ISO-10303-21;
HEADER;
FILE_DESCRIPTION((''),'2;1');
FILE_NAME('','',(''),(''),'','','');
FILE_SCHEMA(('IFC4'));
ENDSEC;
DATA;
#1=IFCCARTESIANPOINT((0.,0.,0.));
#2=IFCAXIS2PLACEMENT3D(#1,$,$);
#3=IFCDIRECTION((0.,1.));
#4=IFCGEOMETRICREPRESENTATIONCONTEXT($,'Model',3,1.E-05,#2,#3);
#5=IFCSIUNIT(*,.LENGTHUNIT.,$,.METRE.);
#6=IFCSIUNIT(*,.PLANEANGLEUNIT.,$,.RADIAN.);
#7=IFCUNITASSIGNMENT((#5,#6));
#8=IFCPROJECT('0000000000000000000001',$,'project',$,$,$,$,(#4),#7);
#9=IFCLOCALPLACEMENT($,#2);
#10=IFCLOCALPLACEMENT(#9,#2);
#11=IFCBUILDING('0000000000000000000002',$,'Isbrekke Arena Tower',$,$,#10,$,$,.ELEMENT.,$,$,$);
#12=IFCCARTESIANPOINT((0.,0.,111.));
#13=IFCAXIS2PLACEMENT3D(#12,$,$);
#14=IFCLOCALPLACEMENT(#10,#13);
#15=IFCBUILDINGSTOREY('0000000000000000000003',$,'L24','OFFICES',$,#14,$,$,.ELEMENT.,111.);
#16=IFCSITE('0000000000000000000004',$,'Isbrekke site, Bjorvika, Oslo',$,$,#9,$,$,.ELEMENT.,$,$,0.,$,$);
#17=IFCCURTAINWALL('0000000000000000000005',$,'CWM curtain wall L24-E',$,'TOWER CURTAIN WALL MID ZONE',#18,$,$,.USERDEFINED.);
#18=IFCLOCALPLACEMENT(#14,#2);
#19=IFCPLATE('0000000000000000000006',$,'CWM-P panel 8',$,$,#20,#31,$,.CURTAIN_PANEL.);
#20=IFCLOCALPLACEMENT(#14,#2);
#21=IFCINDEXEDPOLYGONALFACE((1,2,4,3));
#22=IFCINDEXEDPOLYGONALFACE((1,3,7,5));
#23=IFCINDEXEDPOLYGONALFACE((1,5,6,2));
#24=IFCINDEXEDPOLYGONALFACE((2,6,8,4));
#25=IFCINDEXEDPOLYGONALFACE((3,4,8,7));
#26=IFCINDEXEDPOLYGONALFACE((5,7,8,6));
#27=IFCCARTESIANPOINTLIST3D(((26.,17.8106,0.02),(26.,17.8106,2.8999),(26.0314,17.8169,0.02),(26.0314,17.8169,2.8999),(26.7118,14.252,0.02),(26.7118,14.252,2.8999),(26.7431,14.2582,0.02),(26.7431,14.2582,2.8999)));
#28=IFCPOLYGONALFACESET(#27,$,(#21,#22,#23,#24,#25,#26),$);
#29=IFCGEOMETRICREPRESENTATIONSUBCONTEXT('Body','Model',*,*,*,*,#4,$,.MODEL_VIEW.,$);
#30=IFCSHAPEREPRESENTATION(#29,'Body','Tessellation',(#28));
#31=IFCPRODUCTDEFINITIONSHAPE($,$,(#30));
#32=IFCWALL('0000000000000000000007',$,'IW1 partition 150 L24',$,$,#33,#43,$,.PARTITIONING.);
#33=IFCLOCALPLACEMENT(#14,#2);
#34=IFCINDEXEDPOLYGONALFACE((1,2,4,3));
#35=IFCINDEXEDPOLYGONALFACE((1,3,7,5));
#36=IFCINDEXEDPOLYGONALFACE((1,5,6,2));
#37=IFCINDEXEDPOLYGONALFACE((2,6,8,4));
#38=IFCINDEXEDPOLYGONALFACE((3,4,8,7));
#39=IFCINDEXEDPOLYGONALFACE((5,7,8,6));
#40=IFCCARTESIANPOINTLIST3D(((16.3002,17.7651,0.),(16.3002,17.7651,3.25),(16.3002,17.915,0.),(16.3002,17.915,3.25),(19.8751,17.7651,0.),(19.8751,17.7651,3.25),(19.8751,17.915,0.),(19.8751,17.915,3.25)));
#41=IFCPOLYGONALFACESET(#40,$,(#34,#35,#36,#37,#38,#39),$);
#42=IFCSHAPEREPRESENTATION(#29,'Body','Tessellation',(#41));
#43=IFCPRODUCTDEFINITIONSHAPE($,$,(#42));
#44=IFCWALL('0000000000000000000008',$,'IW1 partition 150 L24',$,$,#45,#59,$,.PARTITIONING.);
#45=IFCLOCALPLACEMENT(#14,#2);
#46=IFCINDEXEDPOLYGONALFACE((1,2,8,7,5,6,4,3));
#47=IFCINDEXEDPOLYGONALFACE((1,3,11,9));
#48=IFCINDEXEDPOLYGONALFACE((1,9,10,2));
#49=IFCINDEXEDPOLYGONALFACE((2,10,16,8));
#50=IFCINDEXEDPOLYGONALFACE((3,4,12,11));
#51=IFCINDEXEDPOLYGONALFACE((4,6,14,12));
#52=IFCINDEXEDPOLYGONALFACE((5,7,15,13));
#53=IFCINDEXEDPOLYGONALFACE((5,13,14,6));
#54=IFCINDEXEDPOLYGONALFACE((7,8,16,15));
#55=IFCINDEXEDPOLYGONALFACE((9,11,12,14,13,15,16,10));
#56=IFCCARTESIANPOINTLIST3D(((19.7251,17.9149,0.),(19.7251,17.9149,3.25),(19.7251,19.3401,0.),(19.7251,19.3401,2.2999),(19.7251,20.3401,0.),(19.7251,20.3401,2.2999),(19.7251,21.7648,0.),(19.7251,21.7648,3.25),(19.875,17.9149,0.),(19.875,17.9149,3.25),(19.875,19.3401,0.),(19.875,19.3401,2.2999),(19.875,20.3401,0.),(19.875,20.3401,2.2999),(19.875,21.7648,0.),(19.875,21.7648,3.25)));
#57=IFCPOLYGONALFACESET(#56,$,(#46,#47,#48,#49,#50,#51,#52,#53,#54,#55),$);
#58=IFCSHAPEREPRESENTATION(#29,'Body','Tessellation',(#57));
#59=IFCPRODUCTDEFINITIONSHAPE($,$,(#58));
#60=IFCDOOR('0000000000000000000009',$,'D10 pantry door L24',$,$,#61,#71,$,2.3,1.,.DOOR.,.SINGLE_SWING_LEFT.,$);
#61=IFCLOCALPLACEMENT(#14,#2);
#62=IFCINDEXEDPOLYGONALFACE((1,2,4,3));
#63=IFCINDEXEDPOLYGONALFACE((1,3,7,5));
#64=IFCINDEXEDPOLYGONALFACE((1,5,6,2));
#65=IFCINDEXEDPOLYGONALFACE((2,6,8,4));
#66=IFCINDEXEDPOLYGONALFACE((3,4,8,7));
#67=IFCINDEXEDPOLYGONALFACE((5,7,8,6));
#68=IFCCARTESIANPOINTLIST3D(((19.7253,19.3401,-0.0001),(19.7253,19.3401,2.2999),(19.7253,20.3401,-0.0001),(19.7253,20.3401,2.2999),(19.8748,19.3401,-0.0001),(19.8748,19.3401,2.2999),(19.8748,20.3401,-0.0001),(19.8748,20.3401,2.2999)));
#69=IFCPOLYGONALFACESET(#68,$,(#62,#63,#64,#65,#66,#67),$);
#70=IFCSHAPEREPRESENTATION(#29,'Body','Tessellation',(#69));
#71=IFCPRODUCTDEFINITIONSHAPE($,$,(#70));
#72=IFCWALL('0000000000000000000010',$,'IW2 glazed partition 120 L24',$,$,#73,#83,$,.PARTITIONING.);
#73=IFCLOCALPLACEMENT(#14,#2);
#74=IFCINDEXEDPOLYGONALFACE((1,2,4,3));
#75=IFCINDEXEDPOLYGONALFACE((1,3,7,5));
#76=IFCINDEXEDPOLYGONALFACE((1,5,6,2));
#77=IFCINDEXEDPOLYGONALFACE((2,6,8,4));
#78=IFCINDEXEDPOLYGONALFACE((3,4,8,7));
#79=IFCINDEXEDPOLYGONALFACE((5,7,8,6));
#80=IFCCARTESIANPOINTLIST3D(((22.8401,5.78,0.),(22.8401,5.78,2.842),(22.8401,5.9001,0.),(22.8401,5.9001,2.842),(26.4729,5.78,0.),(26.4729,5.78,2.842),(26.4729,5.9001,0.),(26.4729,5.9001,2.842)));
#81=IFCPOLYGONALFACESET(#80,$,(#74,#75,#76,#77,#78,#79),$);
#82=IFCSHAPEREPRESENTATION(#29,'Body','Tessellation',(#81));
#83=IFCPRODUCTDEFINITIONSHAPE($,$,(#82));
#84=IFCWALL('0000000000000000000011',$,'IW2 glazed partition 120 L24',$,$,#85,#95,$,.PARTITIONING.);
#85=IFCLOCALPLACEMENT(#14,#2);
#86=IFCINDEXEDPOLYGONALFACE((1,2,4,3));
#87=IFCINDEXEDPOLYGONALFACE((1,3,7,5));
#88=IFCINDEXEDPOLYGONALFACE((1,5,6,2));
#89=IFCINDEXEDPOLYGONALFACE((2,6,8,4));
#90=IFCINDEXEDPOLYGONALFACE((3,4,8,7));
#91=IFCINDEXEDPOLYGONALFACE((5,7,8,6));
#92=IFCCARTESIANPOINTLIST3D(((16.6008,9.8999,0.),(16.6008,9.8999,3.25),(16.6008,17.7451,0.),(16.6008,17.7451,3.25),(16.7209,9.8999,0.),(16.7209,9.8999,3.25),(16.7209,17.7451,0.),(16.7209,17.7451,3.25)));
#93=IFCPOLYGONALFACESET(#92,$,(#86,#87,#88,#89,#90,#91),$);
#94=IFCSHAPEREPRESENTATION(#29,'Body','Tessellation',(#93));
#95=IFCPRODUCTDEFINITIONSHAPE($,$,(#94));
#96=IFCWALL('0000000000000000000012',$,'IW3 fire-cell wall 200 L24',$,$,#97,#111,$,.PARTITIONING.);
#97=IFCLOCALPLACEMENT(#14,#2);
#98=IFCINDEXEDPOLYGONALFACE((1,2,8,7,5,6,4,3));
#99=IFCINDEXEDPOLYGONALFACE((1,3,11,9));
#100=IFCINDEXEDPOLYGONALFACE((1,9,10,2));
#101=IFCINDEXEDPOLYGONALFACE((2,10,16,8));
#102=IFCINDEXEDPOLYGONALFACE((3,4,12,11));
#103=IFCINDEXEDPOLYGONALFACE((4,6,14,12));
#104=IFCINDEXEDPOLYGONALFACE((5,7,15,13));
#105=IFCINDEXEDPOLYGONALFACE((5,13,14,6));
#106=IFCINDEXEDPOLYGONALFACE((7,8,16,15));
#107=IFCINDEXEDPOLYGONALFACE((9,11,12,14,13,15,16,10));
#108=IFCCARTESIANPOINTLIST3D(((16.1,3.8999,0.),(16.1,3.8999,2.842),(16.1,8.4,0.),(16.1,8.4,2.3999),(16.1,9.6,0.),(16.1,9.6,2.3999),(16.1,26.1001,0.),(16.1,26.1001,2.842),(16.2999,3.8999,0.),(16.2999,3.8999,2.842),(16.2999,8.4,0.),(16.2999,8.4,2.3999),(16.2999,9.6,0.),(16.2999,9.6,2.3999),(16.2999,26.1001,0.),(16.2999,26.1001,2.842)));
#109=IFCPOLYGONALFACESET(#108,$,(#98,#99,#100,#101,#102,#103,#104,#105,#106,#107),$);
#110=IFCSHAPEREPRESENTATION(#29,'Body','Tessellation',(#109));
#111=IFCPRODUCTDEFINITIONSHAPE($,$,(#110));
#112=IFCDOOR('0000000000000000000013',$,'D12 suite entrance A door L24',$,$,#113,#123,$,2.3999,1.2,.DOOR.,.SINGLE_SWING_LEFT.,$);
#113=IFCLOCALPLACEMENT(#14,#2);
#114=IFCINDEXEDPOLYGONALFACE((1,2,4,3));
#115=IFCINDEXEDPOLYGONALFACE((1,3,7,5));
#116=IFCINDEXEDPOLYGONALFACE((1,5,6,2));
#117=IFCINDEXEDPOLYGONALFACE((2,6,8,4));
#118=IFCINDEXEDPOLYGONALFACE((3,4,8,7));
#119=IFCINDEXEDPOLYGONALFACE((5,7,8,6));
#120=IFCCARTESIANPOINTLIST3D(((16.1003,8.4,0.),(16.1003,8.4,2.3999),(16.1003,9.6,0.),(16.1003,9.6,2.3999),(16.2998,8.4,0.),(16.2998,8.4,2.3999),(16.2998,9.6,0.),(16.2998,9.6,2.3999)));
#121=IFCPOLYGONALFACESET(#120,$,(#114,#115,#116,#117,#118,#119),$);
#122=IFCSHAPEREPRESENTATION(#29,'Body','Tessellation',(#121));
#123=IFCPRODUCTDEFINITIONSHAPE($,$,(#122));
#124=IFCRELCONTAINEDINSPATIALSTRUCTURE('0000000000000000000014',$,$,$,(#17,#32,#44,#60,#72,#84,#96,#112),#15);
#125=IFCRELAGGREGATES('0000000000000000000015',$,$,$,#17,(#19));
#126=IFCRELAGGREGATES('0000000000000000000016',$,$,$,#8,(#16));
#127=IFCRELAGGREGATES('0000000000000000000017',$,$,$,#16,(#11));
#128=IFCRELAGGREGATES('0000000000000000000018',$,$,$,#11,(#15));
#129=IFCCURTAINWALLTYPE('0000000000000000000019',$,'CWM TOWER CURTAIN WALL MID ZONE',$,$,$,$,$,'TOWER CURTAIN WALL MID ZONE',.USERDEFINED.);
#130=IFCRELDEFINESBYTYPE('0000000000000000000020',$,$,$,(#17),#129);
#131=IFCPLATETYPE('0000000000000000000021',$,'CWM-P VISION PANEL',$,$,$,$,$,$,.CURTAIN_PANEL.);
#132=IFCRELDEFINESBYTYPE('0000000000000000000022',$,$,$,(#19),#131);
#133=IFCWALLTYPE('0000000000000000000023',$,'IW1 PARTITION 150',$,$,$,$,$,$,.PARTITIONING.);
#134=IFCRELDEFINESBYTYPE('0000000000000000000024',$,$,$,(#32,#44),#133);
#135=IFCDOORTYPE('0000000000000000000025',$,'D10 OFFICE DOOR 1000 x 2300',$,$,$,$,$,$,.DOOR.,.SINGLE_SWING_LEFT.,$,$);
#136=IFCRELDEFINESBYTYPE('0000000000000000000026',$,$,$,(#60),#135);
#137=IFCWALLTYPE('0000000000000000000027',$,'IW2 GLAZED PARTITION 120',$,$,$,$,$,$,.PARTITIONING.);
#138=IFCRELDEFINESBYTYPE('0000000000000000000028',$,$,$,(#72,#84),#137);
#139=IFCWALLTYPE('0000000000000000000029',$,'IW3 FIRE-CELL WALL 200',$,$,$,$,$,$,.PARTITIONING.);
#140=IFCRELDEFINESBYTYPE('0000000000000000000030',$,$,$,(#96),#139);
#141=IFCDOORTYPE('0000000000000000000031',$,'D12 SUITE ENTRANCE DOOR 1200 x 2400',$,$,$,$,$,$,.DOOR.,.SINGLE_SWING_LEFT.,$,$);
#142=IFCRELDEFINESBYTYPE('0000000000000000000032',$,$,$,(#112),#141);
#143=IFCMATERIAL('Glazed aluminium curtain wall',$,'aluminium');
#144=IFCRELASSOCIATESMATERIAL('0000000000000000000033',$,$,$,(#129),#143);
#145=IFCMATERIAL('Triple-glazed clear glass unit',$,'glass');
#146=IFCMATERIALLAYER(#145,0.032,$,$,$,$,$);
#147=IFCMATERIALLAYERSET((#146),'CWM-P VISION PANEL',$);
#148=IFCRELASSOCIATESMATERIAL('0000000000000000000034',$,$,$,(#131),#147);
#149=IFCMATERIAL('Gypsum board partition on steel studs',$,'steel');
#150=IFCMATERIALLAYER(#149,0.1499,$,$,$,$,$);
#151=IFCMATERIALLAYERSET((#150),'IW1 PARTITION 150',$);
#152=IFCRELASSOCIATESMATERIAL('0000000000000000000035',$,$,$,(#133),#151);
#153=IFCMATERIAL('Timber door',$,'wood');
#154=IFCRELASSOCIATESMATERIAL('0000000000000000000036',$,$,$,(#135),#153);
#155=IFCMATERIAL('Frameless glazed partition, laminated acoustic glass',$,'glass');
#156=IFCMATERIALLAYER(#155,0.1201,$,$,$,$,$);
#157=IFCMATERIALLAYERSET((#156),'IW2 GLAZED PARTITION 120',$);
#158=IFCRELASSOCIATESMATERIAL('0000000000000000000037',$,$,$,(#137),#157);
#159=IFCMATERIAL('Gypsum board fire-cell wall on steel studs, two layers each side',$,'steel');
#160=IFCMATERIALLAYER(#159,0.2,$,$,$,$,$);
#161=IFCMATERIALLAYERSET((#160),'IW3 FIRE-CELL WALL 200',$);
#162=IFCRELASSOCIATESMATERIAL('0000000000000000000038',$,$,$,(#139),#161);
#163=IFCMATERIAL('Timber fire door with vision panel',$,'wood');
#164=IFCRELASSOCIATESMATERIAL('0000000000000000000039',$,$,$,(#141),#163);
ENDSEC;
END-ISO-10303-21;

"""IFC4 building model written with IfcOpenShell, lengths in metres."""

from ifc_helpers import new_model, si_unit, direction, frame, frame_2d, origin, origin_2d, place, context, subcontext, project, spatial, rectangle, extrude, material, layer, layer_set, type_object, element, fill, aggregate, save


model = new_model("IFC4")

# Units and contexts
model_context = context("Model", 3, precision=1e-05, world=origin(), true_north=direction((0.0, 1.0)))
body_context = subcontext(model_context, "Body", "Model", "MODEL_VIEW")
ifc_project = project(units=[si_unit("LENGTHUNIT", "METRE"), si_unit("PLANEANGLEUNIT", "RADIAN")], contexts=[model_context])

# Site, building, storey
site_placement = place(None, origin())
site = spatial("IfcSite", under=ifc_project, at=site_placement, Name="Isbrekke site, Bjorvika, Oslo", CompositionType="ELEMENT", RefElevation=0.0)
building_placement = place(site_placement, origin())
building = spatial("IfcBuilding", under=site, at=building_placement, Name="Isbrekke Arena Tower", CompositionType="ELEMENT")
storey_placement = place(building_placement, frame((0.0, 0.0, 111.0)))
storey = spatial("IfcBuildingStorey", under=building, at=storey_placement, Name="L24", Description="OFFICES", CompositionType="ELEMENT", Elevation=111.0)

# Curtain wall
ifc_material_1 = material(Name="Glazed aluminium curtain wall", Category="aluminium")
curtain_wall_type = type_object("IfcCurtainWallType", Name="CWM TOWER CURTAIN WALL MID ZONE", ElementType="TOWER CURTAIN WALL MID ZONE", PredefinedType="USERDEFINED", material=ifc_material_1)
curtain_wall_placement = place(storey_placement, origin())
curtain_wall = element("IfcCurtainWall", 1, at=curtain_wall_placement, inside=storey, type_object=curtain_wall_type, Name="CWM curtain wall L24-E", ObjectType="TOWER CURTAIN WALL MID ZONE", PredefinedType="USERDEFINED")

# Plate
ifc_material_2 = material(Name="Triple-glazed clear glass unit", Category="glass")
ifc_layer_1 = layer(ifc_material_2, 0.032)
ifc_layer_set_1 = layer_set([ifc_layer_1], Name="CWM-P VISION PANEL")
plate_type = type_object("IfcPlateType", Name="CWM-P VISION PANEL", PredefinedType="CURTAIN_PANEL", material=ifc_layer_set_1)
plate_1_placement = place(storey_placement, frame((26.3716, 16.0344, 0.02), z_axis=(0.0, 0.0, 1.0), x_axis=(-0.196116, 0.980581, 0.0)))
plate_1 = element("IfcPlate", 2, at=plate_1_placement, type_object=plate_type, Name="CWM-P panel 8", PredefinedType="CURTAIN_PANEL", context=body_context, shape_type="SweptSolid", body=[
    extrude(rectangle(XDim=3.6292, YDim=0.032, at=origin_2d()), origin(), (0.0, 0.0, 1.0), 2.8799),
])
aggregate(curtain_wall, [plate_1])

# Wall
ifc_material_3 = material(Name="Gypsum board partition on steel studs", Category="steel")
ifc_layer_2 = layer(ifc_material_3, 0.1499)
ifc_layer_set_2 = layer_set([ifc_layer_2], Name="IW1 PARTITION 150")
wall_type_1 = type_object("IfcWallType", Name="IW1 PARTITION 150", PredefinedType="PARTITIONING", material=ifc_layer_set_2)
wall_1_placement = place(storey_placement, frame((16.3, 17.8401, 0.0), z_axis=(0.0, 0.0, 1.0), x_axis=(1.0, 0.0, 0.0)))
element("IfcWall", 3, at=wall_1_placement, inside=storey, type_object=wall_type_1, Name="IW1 partition 150 L24", PredefinedType="PARTITIONING", context=body_context, shape_type="SweptSolid", body=[
    extrude(rectangle(XDim=3.575, YDim=0.1499, at=frame_2d((1.7876, 0.0))), origin(), (0.0, 0.0, 1.0), 3.25),
])

# Wall, opening, door
wall_2_placement = place(storey_placement, frame((19.8, 17.915, 0.0), z_axis=(0.0, 0.0, 1.0), x_axis=(0.0, 1.0, 0.0)))
wall_2 = element("IfcWall", 4, at=wall_2_placement, inside=storey, type_object=wall_type_1, Name="IW1 partition 150 L24", PredefinedType="PARTITIONING", context=body_context, shape_type="SweptSolid", body=[
    extrude(rectangle(XDim=3.8499, YDim=0.1499, at=frame_2d((1.9248, 0.0))), origin(), (0.0, 0.0, 1.0), 3.25),
])
opening_1_placement = place(wall_2_placement, frame((1.425, 0.0, 0.0)))
opening_1 = element("IfcOpeningElement", 5, at=opening_1_placement, cuts=wall_2, PredefinedType="OPENING", context=body_context, shape_type="SweptSolid", body=[
    extrude(rectangle(XDim=1.0, YDim=2.3, at=frame_2d((0.5, 1.1499))), frame((0.0, 0.0898, 0.0), z_axis=(0.0, -1.0, 0.0), x_axis=(1.0, 0.0, 0.0)), (0.0, 0.0, 1.0), 0.1797),
])
ifc_material_4 = material(Name="Timber door", Category="wood")
door_type_1 = type_object("IfcDoorType", Name="D10 OFFICE DOOR 1000 x 2300", OperationType="SINGLE_SWING_LEFT", PredefinedType="DOOR", material=ifc_material_4)
door_1_placement = place(opening_1_placement, origin())
door_1 = element("IfcDoor", 6, at=door_1_placement, inside=storey, type_object=door_type_1, Name="D10 pantry door L24", OperationType="SINGLE_SWING_LEFT", OverallHeight=2.3, OverallWidth=1.0, PredefinedType="DOOR", context=body_context, shape_type="SweptSolid", body=[
    extrude(rectangle(XDim=1.0, YDim=2.3, at=frame_2d((0.5, 1.1499))), frame((0.0, 0.0747, 0.0), z_axis=(0.0, -1.0, 0.0), x_axis=(1.0, 0.0, 0.0)), (0.0, 0.0, 1.0), 0.1494),
])
fill(opening_1, door_1)

# Walls
ifc_material_5 = material(Name="Frameless glazed partition, laminated acoustic glass", Category="glass")
ifc_layer_3 = layer(ifc_material_5, 0.1201)
ifc_layer_set_3 = layer_set([ifc_layer_3], Name="IW2 GLAZED PARTITION 120")
wall_type_2 = type_object("IfcWallType", Name="IW2 GLAZED PARTITION 120", PredefinedType="PARTITIONING", material=ifc_layer_set_3)
wall_3_placement = place(storey_placement, frame((22.8401, 5.8401, 0.0), z_axis=(0.0, 0.0, 1.0), x_axis=(1.0, 0.0, 0.0)))
element("IfcWall", 7, at=wall_3_placement, inside=storey, type_object=wall_type_2, Name="IW2 glazed partition 120 L24", PredefinedType="PARTITIONING", context=body_context, shape_type="SweptSolid", body=[
    extrude(rectangle(XDim=3.6328, YDim=0.1201, at=frame_2d((1.8164, 0.0))), origin(), (0.0, 0.0, 1.0), 2.842),
])
wall_4_placement = place(storey_placement, frame((16.6609, 9.8999, 0.0), z_axis=(0.0, 0.0, 1.0), x_axis=(0.0, 1.0, 0.0)))
element("IfcWall", 8, at=wall_4_placement, inside=storey, type_object=wall_type_2, Name="IW2 glazed partition 120 L24", PredefinedType="PARTITIONING", context=body_context, shape_type="SweptSolid", body=[
    extrude(rectangle(XDim=7.8452, YDim=0.1201, at=frame_2d((3.9226, 0.0))), origin(), (0.0, 0.0, 1.0), 3.25),
])

# Wall, opening, door
ifc_material_6 = material(Name="Gypsum board fire-cell wall on steel studs, two layers each side", Category="steel")
ifc_layer_4 = layer(ifc_material_6, 0.2)
ifc_layer_set_4 = layer_set([ifc_layer_4], Name="IW3 FIRE-CELL WALL 200")
wall_type_3 = type_object("IfcWallType", Name="IW3 FIRE-CELL WALL 200", PredefinedType="PARTITIONING", material=ifc_layer_set_4)
wall_5_placement = place(storey_placement, frame((16.2, 3.8999, 0.0), z_axis=(0.0, 0.0, 1.0), x_axis=(0.0, 1.0, 0.0)))
wall_5 = element("IfcWall", 9, at=wall_5_placement, inside=storey, type_object=wall_type_3, Name="IW3 fire-cell wall 200 L24", PredefinedType="PARTITIONING", context=body_context, shape_type="SweptSolid", body=[
    extrude(rectangle(XDim=22.2002, YDim=0.2, at=frame_2d((11.1001, 0.0))), origin(), (0.0, 0.0, 1.0), 2.842),
])
opening_2_placement = place(wall_5_placement, frame((4.5, 0.0, 0.0)))
opening_2 = element("IfcOpeningElement", 10, at=opening_2_placement, cuts=wall_5, PredefinedType="OPENING", context=body_context, shape_type="SweptSolid", body=[
    extrude(rectangle(XDim=1.2, YDim=2.3999, at=frame_2d((0.6001, 1.2))), frame((0.0, 0.1147, 0.0), z_axis=(0.0, -1.0, 0.0), x_axis=(1.0, 0.0, 0.0)), (0.0, 0.0, 1.0), 0.2297),
])
ifc_material_7 = material(Name="Timber fire door with vision panel", Category="wood")
door_type_2 = type_object("IfcDoorType", Name="D12 SUITE ENTRANCE DOOR 1200 x 2400", OperationType="SINGLE_SWING_LEFT", PredefinedType="DOOR", material=ifc_material_7)
door_2_placement = place(opening_2_placement, origin())
door_2 = element("IfcDoor", 11, at=door_2_placement, inside=storey, type_object=door_type_2, Name="D12 suite entrance A door L24", OperationType="SINGLE_SWING_LEFT", OverallHeight=2.3999, OverallWidth=1.2, PredefinedType="DOOR", context=body_context, shape_type="SweptSolid", body=[
    extrude(rectangle(XDim=1.2, YDim=2.3999, at=frame_2d((0.6001, 1.2))), frame((0.0, 0.0996, 0.0), z_axis=(0.0, -1.0, 0.0), x_axis=(1.0, 0.0, 0.0)), (0.0, 0.0, 1.0), 0.1995),
])
fill(opening_2, door_2)

save(model, "model.ifc")
